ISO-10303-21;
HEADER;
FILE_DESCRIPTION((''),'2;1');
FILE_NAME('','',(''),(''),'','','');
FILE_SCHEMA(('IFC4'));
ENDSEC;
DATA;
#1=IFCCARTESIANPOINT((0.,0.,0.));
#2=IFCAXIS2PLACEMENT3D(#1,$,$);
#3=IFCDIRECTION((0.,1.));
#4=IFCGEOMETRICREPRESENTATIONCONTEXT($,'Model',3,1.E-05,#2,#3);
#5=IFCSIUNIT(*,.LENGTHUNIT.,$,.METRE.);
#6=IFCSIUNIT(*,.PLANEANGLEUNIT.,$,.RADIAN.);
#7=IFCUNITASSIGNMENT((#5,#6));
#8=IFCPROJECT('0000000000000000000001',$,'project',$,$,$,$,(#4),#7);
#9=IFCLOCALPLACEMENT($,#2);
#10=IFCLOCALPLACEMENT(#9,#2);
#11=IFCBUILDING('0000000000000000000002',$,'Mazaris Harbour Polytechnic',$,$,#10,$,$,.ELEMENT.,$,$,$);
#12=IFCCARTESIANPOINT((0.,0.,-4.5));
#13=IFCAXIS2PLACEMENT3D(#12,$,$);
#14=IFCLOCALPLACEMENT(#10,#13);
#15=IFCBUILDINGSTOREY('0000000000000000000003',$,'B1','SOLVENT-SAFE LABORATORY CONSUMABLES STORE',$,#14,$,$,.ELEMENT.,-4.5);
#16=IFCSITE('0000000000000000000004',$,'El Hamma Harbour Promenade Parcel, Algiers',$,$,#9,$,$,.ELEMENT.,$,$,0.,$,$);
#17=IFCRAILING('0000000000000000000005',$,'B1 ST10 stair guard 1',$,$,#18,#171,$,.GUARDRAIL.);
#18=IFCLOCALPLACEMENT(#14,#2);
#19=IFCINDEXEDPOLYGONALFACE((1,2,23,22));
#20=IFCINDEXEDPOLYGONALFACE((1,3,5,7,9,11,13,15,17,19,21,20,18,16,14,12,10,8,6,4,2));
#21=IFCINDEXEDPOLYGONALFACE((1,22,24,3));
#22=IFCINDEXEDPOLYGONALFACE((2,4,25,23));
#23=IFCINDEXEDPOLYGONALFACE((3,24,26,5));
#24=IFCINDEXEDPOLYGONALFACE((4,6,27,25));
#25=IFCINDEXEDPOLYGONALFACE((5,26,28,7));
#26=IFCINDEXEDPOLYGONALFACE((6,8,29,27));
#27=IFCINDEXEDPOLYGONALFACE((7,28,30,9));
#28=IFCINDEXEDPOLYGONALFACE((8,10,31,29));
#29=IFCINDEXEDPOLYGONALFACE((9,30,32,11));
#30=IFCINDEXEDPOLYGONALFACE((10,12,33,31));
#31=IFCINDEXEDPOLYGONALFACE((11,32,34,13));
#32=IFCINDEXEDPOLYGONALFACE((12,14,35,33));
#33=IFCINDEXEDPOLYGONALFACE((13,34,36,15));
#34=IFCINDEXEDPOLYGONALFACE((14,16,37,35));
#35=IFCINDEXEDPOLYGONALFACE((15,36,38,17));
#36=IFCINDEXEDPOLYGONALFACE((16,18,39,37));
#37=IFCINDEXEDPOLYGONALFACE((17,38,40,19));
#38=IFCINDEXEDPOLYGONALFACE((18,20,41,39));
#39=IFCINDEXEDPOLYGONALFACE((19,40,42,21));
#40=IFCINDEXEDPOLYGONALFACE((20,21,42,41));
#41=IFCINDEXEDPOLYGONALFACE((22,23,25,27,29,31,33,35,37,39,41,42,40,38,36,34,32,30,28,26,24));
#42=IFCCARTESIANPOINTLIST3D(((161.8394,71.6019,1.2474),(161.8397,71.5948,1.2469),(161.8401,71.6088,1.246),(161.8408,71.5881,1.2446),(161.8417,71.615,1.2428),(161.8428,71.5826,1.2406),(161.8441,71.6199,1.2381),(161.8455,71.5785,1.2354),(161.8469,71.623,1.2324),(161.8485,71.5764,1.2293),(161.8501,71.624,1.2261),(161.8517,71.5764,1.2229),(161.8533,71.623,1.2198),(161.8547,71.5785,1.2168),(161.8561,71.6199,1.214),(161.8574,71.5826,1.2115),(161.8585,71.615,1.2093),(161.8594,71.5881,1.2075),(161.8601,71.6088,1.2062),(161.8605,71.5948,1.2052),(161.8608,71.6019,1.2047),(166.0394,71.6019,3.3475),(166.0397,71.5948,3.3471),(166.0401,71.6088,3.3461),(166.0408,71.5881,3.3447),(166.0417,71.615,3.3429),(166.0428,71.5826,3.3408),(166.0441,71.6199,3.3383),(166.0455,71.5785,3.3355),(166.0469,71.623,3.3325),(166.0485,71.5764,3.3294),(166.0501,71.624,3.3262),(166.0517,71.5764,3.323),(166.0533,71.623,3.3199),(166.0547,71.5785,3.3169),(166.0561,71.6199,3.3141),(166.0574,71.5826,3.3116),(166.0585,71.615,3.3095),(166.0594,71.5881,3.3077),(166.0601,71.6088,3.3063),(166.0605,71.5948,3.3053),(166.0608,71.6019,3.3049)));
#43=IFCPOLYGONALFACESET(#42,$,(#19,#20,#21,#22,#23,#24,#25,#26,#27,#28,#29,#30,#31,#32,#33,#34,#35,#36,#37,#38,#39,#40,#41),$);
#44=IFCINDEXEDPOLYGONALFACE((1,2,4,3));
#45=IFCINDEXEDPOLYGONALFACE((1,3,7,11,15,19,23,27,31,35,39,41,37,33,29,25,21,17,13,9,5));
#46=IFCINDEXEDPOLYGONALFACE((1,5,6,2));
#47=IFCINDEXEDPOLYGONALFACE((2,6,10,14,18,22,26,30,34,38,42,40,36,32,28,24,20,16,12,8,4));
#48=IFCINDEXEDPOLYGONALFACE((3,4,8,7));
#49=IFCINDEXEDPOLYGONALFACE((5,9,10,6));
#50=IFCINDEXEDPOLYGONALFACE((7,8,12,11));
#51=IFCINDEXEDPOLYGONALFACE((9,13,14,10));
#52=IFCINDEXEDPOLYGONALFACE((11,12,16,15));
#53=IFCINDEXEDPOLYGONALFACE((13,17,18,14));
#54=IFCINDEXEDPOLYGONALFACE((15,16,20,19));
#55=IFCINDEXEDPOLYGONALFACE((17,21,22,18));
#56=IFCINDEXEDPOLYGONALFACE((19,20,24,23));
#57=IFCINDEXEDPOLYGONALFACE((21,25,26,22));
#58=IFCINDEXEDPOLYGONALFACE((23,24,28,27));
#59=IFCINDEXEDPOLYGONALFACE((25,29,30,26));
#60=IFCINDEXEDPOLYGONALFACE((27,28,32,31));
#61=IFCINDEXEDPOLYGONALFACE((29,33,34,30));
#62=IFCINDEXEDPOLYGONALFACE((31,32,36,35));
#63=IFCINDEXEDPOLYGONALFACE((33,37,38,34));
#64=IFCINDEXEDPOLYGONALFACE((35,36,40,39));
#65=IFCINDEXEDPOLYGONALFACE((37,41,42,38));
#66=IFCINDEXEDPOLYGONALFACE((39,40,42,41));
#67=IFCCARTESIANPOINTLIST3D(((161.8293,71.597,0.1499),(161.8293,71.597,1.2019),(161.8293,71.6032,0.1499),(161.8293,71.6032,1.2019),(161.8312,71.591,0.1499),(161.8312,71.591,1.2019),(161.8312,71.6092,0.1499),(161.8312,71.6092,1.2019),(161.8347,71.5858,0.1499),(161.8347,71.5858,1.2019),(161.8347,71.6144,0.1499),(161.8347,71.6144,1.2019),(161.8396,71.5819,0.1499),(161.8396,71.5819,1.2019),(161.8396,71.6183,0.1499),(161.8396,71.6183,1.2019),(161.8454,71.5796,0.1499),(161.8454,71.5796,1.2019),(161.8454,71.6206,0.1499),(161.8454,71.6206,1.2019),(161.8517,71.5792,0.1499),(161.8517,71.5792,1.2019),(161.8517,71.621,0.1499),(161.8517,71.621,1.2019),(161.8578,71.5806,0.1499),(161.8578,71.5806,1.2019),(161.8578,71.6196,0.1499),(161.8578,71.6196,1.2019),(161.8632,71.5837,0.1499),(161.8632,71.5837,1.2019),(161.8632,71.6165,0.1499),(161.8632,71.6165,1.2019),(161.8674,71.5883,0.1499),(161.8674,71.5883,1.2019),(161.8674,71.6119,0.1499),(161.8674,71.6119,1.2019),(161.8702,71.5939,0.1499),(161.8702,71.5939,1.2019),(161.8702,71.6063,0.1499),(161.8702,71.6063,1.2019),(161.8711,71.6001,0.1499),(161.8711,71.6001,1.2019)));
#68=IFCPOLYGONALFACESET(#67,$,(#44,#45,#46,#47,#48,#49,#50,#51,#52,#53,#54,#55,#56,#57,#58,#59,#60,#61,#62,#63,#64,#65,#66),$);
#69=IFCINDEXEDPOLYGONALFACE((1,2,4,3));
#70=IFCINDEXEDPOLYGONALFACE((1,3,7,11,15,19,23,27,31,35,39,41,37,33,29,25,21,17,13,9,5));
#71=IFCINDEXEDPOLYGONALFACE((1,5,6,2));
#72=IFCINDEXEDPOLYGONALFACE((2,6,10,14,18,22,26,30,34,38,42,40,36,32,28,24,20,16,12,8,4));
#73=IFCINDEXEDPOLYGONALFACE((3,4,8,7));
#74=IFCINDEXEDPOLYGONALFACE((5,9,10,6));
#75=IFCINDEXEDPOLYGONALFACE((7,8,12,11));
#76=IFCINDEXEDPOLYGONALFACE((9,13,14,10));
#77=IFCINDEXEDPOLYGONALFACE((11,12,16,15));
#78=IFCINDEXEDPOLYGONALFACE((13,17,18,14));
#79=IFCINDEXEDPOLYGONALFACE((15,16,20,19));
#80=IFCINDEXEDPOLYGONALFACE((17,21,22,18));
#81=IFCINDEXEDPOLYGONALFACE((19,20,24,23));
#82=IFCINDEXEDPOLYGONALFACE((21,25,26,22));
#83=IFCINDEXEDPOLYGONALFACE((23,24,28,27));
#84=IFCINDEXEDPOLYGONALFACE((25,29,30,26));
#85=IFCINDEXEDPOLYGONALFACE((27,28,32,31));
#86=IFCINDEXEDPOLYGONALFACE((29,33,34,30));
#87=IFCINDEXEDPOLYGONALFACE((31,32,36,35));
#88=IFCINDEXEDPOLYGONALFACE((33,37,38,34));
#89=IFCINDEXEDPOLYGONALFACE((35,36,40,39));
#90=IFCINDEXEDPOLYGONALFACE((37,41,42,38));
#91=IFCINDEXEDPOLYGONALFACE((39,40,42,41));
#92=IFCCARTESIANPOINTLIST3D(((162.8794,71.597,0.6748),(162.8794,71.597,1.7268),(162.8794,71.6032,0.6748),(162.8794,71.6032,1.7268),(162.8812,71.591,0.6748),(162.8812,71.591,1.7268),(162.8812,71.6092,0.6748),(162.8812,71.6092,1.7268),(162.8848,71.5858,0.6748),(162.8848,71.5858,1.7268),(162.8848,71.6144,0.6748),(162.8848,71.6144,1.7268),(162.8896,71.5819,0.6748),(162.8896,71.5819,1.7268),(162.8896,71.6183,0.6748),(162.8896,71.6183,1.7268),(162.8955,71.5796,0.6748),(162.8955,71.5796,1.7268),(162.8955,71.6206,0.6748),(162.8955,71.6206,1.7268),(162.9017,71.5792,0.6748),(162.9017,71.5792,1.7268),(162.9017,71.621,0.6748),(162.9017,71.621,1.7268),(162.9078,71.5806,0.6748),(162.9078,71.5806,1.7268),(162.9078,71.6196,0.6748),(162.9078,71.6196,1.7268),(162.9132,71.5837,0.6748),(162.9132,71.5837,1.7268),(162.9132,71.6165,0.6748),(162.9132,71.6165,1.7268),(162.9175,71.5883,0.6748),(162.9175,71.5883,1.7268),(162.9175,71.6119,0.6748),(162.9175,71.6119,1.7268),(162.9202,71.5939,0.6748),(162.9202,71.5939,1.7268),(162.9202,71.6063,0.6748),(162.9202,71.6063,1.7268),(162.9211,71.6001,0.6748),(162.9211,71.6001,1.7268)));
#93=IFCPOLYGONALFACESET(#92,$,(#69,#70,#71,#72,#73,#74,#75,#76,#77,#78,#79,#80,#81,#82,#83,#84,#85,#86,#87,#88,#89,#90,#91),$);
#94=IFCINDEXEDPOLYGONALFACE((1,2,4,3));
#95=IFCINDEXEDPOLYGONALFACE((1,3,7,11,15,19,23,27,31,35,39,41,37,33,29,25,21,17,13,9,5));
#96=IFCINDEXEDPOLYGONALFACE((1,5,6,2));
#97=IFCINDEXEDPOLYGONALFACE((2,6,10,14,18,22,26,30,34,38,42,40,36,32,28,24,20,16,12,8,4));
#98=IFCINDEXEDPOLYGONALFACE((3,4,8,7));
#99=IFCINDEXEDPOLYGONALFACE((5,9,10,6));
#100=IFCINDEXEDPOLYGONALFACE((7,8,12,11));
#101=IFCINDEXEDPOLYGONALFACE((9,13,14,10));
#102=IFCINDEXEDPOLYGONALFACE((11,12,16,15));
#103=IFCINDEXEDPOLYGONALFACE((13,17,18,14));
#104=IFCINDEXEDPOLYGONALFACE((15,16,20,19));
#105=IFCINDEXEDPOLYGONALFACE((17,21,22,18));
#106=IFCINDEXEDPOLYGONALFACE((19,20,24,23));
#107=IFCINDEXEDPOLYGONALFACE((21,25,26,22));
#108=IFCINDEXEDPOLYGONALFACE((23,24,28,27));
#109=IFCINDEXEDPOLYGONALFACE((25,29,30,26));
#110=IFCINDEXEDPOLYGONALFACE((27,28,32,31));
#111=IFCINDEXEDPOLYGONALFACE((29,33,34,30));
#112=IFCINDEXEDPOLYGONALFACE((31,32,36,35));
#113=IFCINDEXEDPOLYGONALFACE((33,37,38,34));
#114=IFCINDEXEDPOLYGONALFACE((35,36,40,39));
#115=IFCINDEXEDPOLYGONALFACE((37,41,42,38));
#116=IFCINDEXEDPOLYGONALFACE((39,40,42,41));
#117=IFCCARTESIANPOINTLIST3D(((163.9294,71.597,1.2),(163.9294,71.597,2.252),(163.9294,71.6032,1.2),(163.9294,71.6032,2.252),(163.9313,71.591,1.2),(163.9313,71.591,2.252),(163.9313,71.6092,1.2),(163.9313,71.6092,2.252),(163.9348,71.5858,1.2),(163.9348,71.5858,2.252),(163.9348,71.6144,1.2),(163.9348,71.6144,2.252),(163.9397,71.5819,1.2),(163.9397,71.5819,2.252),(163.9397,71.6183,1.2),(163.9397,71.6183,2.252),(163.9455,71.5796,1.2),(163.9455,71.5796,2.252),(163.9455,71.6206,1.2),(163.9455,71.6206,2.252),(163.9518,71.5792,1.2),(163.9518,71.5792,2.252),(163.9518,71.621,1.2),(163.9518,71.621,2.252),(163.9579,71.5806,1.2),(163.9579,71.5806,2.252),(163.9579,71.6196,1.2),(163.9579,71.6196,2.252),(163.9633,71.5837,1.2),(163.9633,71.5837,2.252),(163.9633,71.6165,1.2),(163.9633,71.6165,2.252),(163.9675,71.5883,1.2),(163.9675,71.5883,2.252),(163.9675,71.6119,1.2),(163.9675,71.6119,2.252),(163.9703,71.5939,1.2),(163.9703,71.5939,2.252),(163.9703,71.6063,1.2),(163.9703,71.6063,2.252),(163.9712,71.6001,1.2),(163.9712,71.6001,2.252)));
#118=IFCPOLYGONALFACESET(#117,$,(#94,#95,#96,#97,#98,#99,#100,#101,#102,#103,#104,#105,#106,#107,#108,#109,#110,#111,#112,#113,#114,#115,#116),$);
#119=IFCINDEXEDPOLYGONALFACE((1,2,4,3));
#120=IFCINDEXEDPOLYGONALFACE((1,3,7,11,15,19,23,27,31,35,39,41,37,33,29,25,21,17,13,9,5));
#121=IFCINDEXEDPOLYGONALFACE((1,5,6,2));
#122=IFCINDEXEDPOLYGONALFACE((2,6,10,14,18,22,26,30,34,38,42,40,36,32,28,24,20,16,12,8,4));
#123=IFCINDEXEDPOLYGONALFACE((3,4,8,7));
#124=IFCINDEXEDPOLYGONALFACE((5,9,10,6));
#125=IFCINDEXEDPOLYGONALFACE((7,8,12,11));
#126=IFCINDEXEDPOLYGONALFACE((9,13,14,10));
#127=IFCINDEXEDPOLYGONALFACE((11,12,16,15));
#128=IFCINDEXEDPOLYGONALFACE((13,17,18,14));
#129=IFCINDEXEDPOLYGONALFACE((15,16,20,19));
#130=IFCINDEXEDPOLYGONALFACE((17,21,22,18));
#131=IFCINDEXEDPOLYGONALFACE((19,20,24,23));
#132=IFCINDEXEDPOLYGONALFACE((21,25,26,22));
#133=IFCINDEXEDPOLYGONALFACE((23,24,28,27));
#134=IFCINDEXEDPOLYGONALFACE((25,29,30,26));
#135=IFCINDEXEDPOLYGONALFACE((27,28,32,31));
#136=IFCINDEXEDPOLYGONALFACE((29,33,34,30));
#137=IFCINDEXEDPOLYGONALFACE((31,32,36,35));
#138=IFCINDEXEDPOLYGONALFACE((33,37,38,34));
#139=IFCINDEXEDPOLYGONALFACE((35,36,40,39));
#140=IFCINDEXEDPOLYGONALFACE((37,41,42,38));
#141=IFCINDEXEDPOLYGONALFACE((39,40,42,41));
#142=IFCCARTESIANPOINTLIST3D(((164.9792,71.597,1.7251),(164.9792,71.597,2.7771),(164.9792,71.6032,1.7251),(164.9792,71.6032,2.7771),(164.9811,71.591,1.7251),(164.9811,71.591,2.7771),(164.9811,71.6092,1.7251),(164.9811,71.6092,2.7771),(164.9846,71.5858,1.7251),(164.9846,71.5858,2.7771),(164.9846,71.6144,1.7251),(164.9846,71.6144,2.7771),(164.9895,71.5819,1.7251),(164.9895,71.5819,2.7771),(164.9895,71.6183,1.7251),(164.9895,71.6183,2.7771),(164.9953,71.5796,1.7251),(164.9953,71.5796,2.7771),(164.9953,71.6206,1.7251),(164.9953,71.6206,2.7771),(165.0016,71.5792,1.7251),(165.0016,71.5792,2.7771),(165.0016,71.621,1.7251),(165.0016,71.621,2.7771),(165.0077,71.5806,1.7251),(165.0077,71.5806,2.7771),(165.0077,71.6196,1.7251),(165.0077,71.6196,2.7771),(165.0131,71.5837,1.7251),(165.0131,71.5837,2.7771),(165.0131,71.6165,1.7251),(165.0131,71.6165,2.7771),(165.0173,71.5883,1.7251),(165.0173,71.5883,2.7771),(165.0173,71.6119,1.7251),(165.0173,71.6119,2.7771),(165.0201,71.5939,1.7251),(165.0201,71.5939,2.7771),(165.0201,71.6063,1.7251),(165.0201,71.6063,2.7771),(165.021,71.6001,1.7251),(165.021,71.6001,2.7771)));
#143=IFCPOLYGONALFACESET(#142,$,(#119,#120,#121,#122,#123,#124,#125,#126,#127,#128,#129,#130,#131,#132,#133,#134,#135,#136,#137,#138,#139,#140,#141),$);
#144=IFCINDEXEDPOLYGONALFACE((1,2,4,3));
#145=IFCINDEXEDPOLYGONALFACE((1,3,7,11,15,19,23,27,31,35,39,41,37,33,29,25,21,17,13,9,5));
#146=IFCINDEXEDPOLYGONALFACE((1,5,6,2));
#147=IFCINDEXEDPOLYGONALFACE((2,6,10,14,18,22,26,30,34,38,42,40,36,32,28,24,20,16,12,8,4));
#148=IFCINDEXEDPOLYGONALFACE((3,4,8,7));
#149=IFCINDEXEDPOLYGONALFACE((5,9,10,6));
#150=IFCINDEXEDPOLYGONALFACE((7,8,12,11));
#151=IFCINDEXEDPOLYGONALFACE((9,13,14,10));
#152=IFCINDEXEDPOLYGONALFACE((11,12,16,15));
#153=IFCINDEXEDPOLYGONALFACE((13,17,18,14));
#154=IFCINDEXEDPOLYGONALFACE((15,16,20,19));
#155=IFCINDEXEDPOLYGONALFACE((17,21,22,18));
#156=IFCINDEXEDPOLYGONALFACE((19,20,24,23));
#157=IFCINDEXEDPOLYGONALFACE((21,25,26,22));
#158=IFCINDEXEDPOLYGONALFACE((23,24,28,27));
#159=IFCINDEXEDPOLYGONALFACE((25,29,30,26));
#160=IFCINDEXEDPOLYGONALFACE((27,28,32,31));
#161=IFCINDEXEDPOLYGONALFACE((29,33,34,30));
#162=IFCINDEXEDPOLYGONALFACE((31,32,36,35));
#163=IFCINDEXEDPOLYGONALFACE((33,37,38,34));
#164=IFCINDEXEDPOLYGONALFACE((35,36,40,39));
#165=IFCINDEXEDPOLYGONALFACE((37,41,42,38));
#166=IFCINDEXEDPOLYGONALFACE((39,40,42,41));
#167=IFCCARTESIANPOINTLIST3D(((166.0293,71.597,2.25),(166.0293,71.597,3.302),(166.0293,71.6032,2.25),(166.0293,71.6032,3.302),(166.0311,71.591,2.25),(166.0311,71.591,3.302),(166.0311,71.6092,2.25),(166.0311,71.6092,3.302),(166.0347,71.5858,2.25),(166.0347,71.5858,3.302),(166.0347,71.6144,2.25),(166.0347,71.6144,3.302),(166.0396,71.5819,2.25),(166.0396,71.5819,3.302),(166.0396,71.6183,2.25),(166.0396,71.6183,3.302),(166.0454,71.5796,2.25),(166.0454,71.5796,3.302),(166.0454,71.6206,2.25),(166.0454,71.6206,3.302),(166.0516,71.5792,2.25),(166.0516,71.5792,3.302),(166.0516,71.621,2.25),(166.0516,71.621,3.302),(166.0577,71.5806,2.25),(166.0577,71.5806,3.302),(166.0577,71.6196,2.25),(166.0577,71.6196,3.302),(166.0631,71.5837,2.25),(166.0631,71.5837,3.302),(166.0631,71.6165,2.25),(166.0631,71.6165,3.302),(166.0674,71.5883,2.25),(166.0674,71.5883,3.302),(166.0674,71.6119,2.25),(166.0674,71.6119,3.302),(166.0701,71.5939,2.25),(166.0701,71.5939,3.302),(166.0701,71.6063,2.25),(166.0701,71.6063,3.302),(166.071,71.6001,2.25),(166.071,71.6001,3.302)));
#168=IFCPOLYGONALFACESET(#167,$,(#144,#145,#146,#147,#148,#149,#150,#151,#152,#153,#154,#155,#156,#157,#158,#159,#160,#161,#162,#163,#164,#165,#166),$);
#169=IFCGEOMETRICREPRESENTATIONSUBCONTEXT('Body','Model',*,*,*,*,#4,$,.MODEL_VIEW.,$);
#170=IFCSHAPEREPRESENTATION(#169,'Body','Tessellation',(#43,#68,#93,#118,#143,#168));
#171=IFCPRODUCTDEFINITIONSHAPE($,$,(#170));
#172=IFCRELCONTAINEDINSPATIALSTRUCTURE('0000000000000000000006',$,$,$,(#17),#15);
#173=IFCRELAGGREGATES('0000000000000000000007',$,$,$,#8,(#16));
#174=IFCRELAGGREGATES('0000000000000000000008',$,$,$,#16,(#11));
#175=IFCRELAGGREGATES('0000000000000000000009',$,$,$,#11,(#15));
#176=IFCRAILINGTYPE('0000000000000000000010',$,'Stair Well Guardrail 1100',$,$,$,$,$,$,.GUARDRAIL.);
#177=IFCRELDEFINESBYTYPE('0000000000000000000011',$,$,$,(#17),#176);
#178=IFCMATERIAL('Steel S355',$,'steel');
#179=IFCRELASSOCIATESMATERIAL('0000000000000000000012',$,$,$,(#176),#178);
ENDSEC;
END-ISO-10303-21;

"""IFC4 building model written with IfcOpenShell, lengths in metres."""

from ifc_helpers import new_model, si_unit, direction, frame, origin, origin_2d, place, context, subcontext, project, spatial, circle, extrude, material, type_object, element, save


model = new_model("IFC4")

# Units and contexts
model_context = context("Model", 3, precision=1e-05, world=origin(), true_north=direction((0.0, 1.0)))
body_context = subcontext(model_context, "Body", "Model", "MODEL_VIEW")
ifc_project = project(units=[si_unit("LENGTHUNIT", "METRE"), si_unit("PLANEANGLEUNIT", "RADIAN")], contexts=[model_context])

# Site, building, storey
site_placement = place(None, origin())
site = spatial("IfcSite", under=ifc_project, at=site_placement, Name="El Hamma Harbour Promenade Parcel, Algiers", CompositionType="ELEMENT", RefElevation=0.0)
building_placement = place(site_placement, origin())
building = spatial("IfcBuilding", under=site, at=building_placement, Name="Mazaris Harbour Polytechnic", CompositionType="ELEMENT")
storey_placement = place(building_placement, frame((0.0, 0.0, -4.5)))
storey = spatial("IfcBuildingStorey", under=building, at=storey_placement, Name="B1", Description="SOLVENT-SAFE LABORATORY CONSUMABLES STORE", CompositionType="ELEMENT", Elevation=-4.5)

# Railing
ifc_material_1 = material(Name="Steel S355", Category="steel")
railing_type_1 = type_object("IfcRailingType", Name="Stair Well Guardrail 1100", PredefinedType="GUARDRAIL", material=ifc_material_1)
railing_1_placement = place(storey_placement, frame((161.8501, 71.6001, 0.1499)))
element("IfcRailing", 1, at=railing_1_placement, inside=storey, type_object=railing_type_1, Name="B1 ST10 stair guard 1", PredefinedType="GUARDRAIL", context=body_context, shape_type="SweptSolid", body=[
    extrude(circle(Radius=0.0239, at=origin_2d()), frame((0.0, 0.0, 1.0762), z_axis=(0.894417, 0.0, 0.447234), x_axis=(0.0, 1.0, 0.0)), (0.0, 0.0, 1.0), 4.6958),
    extrude(circle(Radius=0.021, at=origin_2d()), origin(), (0.0, 0.0, 1.0), 1.052),
    extrude(circle(Radius=0.021, at=origin_2d()), frame((1.05, 0.0, 0.5249)), (0.0, 0.0, 1.0), 1.052),
    extrude(circle(Radius=0.021, at=origin_2d()), frame((2.1001, 0.0, 1.05)), (0.0, 0.0, 1.0), 1.052),
    extrude(circle(Radius=0.021, at=origin_2d()), frame((3.1499, 0.0, 1.5752)), (0.0, 0.0, 1.0), 1.052),
    extrude(circle(Radius=0.021, at=origin_2d()), frame((4.2, 0.0, 2.1001)), (0.0, 0.0, 1.0), 1.052),
])

save(model, "model.ifc")
